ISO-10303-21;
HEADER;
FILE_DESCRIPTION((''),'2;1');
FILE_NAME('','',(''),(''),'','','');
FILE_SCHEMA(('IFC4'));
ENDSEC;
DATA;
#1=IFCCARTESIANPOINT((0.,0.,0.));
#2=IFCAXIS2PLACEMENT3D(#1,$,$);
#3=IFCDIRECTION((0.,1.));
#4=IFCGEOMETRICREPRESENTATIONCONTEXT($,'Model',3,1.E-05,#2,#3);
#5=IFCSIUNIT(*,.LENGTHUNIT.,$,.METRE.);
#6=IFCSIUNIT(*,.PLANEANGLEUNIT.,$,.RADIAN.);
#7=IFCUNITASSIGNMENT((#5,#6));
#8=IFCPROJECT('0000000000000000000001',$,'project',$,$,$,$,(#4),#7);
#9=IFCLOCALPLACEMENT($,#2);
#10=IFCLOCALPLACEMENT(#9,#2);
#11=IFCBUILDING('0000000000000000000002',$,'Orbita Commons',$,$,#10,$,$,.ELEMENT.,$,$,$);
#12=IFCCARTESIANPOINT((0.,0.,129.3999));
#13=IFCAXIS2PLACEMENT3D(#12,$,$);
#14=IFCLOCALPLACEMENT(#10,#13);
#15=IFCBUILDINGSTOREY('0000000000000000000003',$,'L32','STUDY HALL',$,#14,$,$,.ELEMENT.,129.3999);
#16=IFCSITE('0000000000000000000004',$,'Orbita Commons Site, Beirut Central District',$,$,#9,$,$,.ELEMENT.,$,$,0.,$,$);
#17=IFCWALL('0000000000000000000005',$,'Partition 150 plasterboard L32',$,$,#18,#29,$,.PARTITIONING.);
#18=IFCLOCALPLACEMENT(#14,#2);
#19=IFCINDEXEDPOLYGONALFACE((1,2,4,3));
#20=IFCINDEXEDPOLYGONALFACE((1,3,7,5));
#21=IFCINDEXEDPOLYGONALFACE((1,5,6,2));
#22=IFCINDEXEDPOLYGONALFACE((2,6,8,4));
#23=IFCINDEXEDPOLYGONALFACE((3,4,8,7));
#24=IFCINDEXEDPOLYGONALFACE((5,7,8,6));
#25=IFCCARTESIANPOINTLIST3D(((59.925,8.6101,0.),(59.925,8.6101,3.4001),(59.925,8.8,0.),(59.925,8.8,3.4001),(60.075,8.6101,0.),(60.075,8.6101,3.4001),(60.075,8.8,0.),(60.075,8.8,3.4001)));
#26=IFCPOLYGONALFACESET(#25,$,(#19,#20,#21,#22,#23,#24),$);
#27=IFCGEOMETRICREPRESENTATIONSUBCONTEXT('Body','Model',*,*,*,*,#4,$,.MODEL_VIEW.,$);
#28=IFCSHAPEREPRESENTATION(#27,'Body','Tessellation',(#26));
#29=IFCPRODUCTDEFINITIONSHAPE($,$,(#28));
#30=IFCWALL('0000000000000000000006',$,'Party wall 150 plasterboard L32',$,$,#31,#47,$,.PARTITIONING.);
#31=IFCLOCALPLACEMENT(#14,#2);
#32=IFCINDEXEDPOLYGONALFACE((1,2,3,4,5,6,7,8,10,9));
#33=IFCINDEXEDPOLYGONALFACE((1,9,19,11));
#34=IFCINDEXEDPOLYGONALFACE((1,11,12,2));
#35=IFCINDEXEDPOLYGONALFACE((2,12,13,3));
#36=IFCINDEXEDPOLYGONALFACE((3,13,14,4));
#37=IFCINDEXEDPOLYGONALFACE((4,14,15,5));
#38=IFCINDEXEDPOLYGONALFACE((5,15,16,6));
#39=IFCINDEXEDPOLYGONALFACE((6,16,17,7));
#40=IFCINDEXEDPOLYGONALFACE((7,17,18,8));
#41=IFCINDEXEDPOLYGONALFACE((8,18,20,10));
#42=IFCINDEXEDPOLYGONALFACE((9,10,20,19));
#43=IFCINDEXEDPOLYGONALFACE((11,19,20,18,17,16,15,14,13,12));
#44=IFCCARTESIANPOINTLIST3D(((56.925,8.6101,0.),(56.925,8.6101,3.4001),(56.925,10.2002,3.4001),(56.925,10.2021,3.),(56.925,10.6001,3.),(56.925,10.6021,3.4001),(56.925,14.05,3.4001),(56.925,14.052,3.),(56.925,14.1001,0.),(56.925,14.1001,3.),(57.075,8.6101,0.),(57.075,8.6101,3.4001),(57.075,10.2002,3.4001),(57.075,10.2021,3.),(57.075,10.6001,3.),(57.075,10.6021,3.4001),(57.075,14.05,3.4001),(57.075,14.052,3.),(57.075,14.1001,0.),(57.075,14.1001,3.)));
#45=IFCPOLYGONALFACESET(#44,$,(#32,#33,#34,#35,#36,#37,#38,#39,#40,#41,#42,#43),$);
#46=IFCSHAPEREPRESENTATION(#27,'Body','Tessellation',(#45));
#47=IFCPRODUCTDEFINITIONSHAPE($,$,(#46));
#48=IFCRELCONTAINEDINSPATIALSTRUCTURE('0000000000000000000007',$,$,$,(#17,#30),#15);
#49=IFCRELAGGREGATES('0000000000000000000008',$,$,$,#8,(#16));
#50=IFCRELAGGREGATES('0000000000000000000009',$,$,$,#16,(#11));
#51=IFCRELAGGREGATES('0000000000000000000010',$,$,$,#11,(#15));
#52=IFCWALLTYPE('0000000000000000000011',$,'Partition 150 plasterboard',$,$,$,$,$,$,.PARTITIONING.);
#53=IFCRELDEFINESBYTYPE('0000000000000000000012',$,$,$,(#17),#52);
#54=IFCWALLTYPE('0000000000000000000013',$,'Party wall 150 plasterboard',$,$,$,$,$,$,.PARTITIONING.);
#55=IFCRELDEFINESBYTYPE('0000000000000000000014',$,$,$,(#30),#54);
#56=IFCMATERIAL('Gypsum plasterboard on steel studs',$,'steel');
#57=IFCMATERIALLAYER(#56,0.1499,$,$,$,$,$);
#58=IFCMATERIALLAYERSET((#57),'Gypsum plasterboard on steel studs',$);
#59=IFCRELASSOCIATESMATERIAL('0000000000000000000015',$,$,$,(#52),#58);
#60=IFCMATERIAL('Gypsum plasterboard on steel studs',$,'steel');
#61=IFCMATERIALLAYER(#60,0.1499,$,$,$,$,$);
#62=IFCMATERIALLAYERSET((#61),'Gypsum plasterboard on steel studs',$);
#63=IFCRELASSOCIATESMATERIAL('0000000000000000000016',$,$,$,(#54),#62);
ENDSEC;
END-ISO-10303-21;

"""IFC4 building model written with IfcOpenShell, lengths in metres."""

from ifc_helpers import new_model, si_unit, direction, frame, frame_2d, origin, place, context, subcontext, project, spatial, polyline, rectangle, outline, extrude, material, layer, layer_set, type_object, element, save


model = new_model("IFC4")

# Units and contexts
model_context = context("Model", 3, precision=1e-05, world=origin(), true_north=direction((0.0, 1.0)))
body_context = subcontext(model_context, "Body", "Model", "MODEL_VIEW")
ifc_project = project(units=[si_unit("LENGTHUNIT", "METRE"), si_unit("PLANEANGLEUNIT", "RADIAN")], contexts=[model_context])

# Site, building, storey
site_placement = place(None, origin())
site = spatial("IfcSite", under=ifc_project, at=site_placement, Name="Orbita Commons Site, Beirut Central District", CompositionType="ELEMENT", RefElevation=0.0)
building_placement = place(site_placement, origin())
building = spatial("IfcBuilding", under=site, at=building_placement, Name="Orbita Commons", CompositionType="ELEMENT")
storey_placement = place(building_placement, frame((0.0, 0.0, 129.3999)))
storey = spatial("IfcBuildingStorey", under=building, at=storey_placement, Name="L32", Description="STUDY HALL", CompositionType="ELEMENT", Elevation=129.3999)

# Walls
ifc_material_1 = material(Name="Gypsum plasterboard on steel studs", Category="steel")
ifc_layer_1 = layer(ifc_material_1, 0.1499)
ifc_layer_set_1 = layer_set([ifc_layer_1], Name="Gypsum plasterboard on steel studs")
wall_type_1 = type_object("IfcWallType", Name="Partition 150 plasterboard", PredefinedType="PARTITIONING", material=ifc_layer_set_1)
wall_1_placement = place(storey_placement, frame((60.0, 8.8, 0.0), z_axis=(0.0, 0.0, 1.0), x_axis=(0.0, -1.0, 0.0)))
element("IfcWall", 1, at=wall_1_placement, inside=storey, type_object=wall_type_1, Name="Partition 150 plasterboard L32", PredefinedType="PARTITIONING", context=body_context, shape_type="SweptSolid", body=[
    extrude(rectangle(XDim=0.1899, YDim=0.1499, at=frame_2d((0.095, 0.0))), origin(), (0.0, 0.0, 1.0), 3.4001),
])
ifc_material_2 = material(Name="Gypsum plasterboard on steel studs", Category="steel")
ifc_layer_2 = layer(ifc_material_2, 0.1499)
ifc_layer_set_2 = layer_set([ifc_layer_2], Name="Gypsum plasterboard on steel studs")
wall_type_2 = type_object("IfcWallType", Name="Party wall 150 plasterboard", PredefinedType="PARTITIONING", material=ifc_layer_set_2)
wall_2_placement = place(storey_placement, frame((57.0, 8.6101, 0.0), z_axis=(0.0, 0.0, 1.0), x_axis=(0.0, 1.0, 0.0)))
element("IfcWall", 2, at=wall_2_placement, inside=storey, type_object=wall_type_2, Name="Party wall 150 plasterboard L32", PredefinedType="PARTITIONING", context=body_context, shape_type="SweptSolid", body=[
    extrude(outline(polyline([(0.0, 0.0), (5.49, 0.0), (5.49, 3.0), (5.4419, 3.0), (5.4399, 3.4001), (1.9919, 3.4001), (1.99, 3.0), (1.592, 3.0), (1.5901, 3.4001), (0.0, 3.4001), (0.0, 0.0)])), frame((0.0, 0.075, 0.0), z_axis=(0.0, -1.0, 0.0), x_axis=(1.0, 0.0, 0.0)), (0.0, 0.0, 1.0), 0.1499),
])

save(model, "model.ifc")
